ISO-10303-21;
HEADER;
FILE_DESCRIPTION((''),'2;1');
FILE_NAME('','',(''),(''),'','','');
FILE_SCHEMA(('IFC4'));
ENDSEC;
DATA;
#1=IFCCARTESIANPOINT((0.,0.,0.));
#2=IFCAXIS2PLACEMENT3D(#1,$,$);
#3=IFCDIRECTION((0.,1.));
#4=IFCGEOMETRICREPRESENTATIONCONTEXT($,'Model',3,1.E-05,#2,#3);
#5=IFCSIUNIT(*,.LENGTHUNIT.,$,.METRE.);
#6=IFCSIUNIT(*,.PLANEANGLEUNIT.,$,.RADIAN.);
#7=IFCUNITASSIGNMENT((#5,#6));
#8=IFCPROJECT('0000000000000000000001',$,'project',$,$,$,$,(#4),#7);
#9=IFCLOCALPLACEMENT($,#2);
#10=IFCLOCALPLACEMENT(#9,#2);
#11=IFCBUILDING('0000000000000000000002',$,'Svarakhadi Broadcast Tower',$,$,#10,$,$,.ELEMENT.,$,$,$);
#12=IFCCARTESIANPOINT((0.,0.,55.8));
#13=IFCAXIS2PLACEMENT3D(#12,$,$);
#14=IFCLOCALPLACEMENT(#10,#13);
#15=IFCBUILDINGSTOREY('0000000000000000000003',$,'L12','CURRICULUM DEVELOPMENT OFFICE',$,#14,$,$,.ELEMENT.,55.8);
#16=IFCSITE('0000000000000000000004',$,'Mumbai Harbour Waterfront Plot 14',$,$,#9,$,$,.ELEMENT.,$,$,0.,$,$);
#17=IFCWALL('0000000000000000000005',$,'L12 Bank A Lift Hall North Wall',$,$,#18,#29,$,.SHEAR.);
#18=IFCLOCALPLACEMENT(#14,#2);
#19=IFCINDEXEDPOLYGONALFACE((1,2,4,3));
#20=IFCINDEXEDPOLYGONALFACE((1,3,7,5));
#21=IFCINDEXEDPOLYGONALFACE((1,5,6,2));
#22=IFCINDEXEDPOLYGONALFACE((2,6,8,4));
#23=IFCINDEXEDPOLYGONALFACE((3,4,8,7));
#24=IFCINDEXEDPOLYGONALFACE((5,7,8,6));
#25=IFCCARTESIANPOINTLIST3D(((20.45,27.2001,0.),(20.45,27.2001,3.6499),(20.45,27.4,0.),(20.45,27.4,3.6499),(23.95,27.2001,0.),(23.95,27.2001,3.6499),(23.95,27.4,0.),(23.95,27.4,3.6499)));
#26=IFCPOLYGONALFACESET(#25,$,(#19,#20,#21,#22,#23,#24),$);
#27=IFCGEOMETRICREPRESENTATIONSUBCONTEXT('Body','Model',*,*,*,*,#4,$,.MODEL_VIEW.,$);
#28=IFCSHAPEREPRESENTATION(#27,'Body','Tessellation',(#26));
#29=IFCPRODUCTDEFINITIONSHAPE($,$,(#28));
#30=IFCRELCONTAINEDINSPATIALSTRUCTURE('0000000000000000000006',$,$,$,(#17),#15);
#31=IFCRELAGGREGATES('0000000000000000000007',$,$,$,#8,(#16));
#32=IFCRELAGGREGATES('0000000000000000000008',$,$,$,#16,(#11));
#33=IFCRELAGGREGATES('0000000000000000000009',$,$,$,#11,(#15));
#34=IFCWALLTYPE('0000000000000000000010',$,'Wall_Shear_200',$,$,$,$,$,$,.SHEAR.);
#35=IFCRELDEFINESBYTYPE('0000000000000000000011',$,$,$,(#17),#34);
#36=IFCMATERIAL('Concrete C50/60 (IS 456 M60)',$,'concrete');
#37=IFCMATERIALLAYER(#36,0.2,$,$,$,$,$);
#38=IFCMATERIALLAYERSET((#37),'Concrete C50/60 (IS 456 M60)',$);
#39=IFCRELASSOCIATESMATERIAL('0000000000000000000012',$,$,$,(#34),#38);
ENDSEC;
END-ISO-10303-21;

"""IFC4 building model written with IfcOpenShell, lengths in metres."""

from ifc_helpers import new_model, si_unit, direction, frame, frame_2d, origin, place, context, subcontext, project, spatial, rectangle, extrude, material, layer, layer_set, type_object, element, save


model = new_model("IFC4")

# Units and contexts
model_context = context("Model", 3, precision=1e-05, world=origin(), true_north=direction((0.0, 1.0)))
body_context = subcontext(model_context, "Body", "Model", "MODEL_VIEW")
ifc_project = project(units=[si_unit("LENGTHUNIT", "METRE"), si_unit("PLANEANGLEUNIT", "RADIAN")], contexts=[model_context])

# Site, building, storey
site_placement = place(None, origin())
site = spatial("IfcSite", under=ifc_project, at=site_placement, Name="Mumbai Harbour Waterfront Plot 14", CompositionType="ELEMENT", RefElevation=0.0)
building_placement = place(site_placement, origin())
building = spatial("IfcBuilding", under=site, at=building_placement, Name="Svarakhadi Broadcast Tower", CompositionType="ELEMENT")
storey_placement = place(building_placement, frame((0.0, 0.0, 55.8)))
storey = spatial("IfcBuildingStorey", under=building, at=storey_placement, Name="L12", Description="CURRICULUM DEVELOPMENT OFFICE", CompositionType="ELEMENT", Elevation=55.8)

# Wall
ifc_material_1 = material(Name="Concrete C50/60 (IS 456 M60)", Category="concrete")
ifc_layer_1 = layer(ifc_material_1, 0.2)
ifc_layer_set_1 = layer_set([ifc_layer_1], Name="Concrete C50/60 (IS 456 M60)")
wall_type_1 = type_object("IfcWallType", Name="Wall_Shear_200", PredefinedType="SHEAR", material=ifc_layer_set_1)
wall_1_placement = place(storey_placement, frame((20.45, 27.3, 0.0), z_axis=(0.0, 0.0, 1.0), x_axis=(1.0, 0.0, 0.0)))
element("IfcWall", 1, at=wall_1_placement, inside=storey, type_object=wall_type_1, Name="L12 Bank A Lift Hall North Wall", PredefinedType="SHEAR", context=body_context, shape_type="SweptSolid", body=[
    extrude(rectangle(XDim=3.5, YDim=0.2, at=frame_2d((1.75, 0.0))), origin(), (0.0, 0.0, 1.0), 3.6499),
])

save(model, "model.ifc")
